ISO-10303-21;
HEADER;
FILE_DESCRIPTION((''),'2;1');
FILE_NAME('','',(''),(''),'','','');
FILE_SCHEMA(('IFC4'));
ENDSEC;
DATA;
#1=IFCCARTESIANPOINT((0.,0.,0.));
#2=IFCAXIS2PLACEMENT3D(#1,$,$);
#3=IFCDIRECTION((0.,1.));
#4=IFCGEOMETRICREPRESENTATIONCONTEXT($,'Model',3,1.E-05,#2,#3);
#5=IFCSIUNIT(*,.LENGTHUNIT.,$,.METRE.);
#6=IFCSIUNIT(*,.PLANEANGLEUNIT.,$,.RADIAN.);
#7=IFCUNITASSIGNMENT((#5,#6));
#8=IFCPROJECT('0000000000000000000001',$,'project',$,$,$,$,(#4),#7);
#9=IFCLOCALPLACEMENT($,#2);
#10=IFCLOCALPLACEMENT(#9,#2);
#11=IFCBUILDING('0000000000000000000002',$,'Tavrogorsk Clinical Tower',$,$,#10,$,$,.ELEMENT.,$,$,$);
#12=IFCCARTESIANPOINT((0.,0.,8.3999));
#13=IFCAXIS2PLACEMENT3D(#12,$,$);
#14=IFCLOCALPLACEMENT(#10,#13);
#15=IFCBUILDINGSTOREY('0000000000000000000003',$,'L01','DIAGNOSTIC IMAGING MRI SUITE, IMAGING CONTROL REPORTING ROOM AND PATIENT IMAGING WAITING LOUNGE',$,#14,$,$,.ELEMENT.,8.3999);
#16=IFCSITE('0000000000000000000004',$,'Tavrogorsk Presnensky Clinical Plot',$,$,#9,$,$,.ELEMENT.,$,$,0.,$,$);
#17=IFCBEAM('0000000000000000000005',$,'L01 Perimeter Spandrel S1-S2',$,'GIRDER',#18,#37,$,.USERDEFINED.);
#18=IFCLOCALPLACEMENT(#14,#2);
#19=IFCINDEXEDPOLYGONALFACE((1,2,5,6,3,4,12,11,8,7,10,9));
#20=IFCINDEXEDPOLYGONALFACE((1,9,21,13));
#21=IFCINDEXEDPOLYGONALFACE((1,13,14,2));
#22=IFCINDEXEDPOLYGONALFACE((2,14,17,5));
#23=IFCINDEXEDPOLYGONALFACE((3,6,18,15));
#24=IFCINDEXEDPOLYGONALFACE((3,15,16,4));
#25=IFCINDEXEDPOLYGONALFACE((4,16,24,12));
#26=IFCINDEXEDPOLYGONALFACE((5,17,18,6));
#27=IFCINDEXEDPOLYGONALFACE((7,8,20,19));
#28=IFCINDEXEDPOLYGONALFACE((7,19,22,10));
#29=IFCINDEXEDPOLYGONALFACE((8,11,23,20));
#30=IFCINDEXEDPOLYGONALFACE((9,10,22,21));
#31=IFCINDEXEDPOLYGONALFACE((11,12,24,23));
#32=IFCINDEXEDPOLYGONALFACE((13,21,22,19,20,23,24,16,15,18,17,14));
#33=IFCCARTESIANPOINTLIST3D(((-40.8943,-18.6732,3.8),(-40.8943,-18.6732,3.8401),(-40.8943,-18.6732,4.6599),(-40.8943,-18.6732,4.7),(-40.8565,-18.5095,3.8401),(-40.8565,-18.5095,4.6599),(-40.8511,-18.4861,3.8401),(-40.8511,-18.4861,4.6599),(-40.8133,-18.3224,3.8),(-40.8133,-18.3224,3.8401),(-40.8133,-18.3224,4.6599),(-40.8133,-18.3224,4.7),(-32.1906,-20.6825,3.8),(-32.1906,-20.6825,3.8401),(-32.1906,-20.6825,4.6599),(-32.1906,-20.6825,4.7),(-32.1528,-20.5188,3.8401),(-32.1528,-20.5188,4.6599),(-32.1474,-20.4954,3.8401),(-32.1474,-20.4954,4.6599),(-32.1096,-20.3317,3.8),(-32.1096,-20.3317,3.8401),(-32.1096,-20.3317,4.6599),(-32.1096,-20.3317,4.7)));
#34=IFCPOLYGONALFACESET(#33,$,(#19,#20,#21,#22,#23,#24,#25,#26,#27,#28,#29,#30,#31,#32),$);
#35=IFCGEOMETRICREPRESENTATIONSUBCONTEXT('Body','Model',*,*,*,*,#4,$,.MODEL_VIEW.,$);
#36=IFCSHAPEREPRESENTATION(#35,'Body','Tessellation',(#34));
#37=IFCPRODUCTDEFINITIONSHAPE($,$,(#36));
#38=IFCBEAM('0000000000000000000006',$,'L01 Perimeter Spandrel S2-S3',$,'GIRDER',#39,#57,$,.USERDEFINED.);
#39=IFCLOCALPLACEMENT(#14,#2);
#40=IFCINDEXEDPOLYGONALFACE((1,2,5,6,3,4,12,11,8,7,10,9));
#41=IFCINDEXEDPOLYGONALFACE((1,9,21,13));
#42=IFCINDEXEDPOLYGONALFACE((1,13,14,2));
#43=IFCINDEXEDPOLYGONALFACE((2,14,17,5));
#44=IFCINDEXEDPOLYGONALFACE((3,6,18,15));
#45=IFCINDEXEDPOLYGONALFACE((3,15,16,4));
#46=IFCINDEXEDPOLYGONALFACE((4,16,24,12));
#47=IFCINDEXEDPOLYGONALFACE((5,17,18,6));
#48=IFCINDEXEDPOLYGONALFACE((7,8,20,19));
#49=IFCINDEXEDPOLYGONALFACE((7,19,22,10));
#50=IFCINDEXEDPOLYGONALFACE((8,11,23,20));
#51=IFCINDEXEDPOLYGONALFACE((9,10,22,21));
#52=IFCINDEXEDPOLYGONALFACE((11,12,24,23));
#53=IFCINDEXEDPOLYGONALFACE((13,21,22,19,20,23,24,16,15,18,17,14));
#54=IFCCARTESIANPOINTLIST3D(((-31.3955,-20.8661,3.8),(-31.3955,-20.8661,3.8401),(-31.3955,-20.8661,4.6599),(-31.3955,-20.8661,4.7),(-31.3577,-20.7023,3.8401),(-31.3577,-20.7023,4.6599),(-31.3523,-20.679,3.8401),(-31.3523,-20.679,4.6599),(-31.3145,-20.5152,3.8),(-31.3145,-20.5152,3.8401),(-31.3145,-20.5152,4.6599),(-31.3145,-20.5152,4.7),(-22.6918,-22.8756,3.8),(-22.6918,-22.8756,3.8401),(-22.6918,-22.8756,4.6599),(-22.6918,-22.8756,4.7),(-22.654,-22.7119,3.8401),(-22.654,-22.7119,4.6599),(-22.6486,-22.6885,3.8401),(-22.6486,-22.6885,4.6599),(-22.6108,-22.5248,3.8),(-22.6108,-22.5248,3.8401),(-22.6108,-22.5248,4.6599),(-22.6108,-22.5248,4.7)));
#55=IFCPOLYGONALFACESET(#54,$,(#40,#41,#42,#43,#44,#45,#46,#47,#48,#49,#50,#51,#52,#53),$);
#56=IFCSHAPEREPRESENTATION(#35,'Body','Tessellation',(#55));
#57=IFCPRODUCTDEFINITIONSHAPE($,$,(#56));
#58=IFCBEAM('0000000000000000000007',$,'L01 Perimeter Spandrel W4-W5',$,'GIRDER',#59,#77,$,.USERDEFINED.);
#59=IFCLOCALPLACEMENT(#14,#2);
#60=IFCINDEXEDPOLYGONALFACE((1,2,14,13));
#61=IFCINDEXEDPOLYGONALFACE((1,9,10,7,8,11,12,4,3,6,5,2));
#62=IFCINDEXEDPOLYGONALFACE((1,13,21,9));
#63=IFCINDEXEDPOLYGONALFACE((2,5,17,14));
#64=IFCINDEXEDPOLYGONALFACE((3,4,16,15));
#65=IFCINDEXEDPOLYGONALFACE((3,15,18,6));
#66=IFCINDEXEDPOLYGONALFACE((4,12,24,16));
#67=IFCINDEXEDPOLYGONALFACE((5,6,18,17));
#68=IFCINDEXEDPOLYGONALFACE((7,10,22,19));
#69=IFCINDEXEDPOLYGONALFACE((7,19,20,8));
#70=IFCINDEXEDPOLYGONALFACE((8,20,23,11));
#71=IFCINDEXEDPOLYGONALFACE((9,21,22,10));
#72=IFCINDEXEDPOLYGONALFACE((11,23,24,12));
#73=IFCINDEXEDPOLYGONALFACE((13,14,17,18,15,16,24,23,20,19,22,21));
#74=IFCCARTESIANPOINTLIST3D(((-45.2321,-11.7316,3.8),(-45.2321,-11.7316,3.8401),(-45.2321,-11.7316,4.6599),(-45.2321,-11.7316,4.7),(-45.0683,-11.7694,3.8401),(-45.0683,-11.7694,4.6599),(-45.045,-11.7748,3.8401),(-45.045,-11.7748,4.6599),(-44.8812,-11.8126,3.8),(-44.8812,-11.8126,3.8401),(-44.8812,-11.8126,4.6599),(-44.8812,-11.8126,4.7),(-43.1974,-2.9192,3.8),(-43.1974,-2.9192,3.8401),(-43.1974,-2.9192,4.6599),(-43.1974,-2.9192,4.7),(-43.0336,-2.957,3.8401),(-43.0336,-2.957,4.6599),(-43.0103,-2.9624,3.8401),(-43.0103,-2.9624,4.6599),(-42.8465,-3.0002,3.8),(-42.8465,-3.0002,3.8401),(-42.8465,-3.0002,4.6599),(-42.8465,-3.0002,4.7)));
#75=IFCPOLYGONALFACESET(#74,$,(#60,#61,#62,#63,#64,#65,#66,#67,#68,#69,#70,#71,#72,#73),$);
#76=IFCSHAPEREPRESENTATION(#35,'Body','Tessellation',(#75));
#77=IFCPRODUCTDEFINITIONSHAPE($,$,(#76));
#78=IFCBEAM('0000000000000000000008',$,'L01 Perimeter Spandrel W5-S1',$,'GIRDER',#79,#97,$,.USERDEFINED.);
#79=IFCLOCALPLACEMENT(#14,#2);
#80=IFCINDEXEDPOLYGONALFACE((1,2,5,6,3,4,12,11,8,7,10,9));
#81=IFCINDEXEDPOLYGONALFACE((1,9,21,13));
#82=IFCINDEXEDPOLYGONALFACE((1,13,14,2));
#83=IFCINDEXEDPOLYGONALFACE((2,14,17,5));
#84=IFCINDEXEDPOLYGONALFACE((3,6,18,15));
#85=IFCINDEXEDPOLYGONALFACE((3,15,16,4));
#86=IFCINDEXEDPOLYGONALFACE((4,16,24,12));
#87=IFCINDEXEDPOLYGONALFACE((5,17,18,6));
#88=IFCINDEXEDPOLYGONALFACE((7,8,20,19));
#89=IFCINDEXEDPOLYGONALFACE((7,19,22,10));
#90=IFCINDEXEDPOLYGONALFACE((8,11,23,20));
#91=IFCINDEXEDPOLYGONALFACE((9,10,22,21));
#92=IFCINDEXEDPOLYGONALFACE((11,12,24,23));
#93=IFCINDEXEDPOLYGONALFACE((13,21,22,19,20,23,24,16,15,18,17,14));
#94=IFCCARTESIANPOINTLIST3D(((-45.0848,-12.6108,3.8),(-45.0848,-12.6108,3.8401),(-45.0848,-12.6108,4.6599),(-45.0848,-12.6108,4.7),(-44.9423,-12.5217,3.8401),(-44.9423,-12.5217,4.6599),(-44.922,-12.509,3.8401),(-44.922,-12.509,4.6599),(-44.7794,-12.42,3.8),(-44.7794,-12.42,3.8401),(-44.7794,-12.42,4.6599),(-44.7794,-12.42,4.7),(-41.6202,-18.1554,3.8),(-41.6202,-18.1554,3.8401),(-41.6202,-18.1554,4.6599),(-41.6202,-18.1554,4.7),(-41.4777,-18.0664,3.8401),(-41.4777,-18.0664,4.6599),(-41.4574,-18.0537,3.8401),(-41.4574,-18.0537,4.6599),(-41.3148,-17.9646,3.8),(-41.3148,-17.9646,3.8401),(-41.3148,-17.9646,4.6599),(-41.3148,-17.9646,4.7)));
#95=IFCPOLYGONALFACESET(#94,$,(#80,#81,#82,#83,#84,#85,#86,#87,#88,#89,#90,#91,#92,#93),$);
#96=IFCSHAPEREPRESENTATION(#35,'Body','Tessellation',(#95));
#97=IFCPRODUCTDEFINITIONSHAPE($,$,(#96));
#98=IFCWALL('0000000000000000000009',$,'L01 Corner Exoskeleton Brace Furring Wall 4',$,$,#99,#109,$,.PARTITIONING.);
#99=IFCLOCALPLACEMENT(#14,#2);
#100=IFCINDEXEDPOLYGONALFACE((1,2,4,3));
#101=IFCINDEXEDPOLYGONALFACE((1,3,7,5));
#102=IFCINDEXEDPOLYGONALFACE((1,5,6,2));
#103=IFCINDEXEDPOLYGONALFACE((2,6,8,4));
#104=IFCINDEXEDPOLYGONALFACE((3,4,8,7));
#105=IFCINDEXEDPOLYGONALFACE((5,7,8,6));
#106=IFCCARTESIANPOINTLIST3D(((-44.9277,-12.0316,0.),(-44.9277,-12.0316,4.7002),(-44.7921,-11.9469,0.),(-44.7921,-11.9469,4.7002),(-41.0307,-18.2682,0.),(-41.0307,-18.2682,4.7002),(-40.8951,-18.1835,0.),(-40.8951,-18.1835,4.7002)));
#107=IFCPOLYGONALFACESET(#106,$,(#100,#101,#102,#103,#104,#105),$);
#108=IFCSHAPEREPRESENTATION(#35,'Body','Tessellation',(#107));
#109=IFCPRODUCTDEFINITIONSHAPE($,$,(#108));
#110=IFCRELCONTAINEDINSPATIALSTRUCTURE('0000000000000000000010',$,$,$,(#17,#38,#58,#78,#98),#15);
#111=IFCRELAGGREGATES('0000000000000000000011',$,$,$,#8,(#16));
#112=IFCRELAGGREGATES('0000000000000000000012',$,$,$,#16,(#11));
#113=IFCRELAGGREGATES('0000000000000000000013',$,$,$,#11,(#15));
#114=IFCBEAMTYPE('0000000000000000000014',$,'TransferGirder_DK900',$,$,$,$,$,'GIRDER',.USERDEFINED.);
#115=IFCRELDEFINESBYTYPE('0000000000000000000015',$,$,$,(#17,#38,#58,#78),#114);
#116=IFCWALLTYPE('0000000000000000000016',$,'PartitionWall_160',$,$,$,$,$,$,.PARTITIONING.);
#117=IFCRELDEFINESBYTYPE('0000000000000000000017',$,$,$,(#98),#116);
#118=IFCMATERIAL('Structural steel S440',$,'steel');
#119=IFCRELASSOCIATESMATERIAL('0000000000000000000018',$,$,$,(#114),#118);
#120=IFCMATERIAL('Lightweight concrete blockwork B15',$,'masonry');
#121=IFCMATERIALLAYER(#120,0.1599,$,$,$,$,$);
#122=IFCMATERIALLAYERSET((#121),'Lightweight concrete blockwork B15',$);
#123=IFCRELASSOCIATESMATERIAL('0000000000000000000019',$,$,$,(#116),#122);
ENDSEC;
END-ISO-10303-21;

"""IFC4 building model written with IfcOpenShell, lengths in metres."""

from ifc_helpers import new_model, si_unit, direction, frame, frame_2d, origin, origin_2d, place, context, subcontext, project, spatial, rectangle, i_section, extrude, material, layer, layer_set, material_profile, profile_set, type_object, element, save


model = new_model("IFC4")

# Units and contexts
model_context = context("Model", 3, precision=1e-05, world=origin(), true_north=direction((0.0, 1.0)))
body_context = subcontext(model_context, "Body", "Model", "MODEL_VIEW")
ifc_project = project(units=[si_unit("LENGTHUNIT", "METRE"), si_unit("PLANEANGLEUNIT", "RADIAN")], contexts=[model_context])

# Site, building, storey
site_placement = place(None, origin())
site = spatial("IfcSite", under=ifc_project, at=site_placement, Name="Tavrogorsk Presnensky Clinical Plot", CompositionType="ELEMENT", RefElevation=0.0)
building_placement = place(site_placement, origin())
building = spatial("IfcBuilding", under=site, at=building_placement, Name="Tavrogorsk Clinical Tower", CompositionType="ELEMENT")
storey_placement = place(building_placement, frame((0.0, 0.0, 8.3999)))
storey = spatial("IfcBuildingStorey", under=building, at=storey_placement, Name="L01", Description="DIAGNOSTIC IMAGING MRI SUITE, IMAGING CONTROL REPORTING ROOM AND PATIENT IMAGING WAITING LOUNGE", CompositionType="ELEMENT", Elevation=8.3999)

# Beams
ifc_material_1 = material(Name="Structural steel S440", Category="steel")
ifc_material_profile_1 = material_profile(ifc_material_1, i_section(OverallWidth=0.3601, OverallDepth=0.8999, WebThickness=0.0239, FlangeThickness=0.04, at=origin_2d()), Name="DK-900x360x24x40")
ifc_profile_set_1 = profile_set([ifc_material_profile_1], Name="Structural steel S440")
beam_type_1 = type_object("IfcBeamType", Name="TransferGirder_DK900", ElementType="GIRDER", PredefinedType="USERDEFINED", material=ifc_profile_set_1)
for number, where, z_axis, x_axis, name in (
    (1, (-40.8538, -18.4978, 4.25), (0.974373, -0.224939, 0.0), (0.224939, 0.974373, 0.0), "L01 Perimeter Spandrel S1-S2"),
    (2, (-31.355, -20.6907, 4.25), (0.974367, -0.224965, 0.0), (0.224965, 0.974367, 0.0), "L01 Perimeter Spandrel S2-S3"),
):
    element("IfcBeam", number, at=place(storey_placement, frame(where, z_axis=z_axis, x_axis=x_axis)), inside=storey, type_object=beam_type_1, Name=name, ObjectType="GIRDER", PredefinedType="USERDEFINED", context=body_context, shape_type="SweptSolid", body=[
        extrude(i_section(OverallWidth=0.3601, OverallDepth=0.8999, WebThickness=0.0239, FlangeThickness=0.04, at=origin_2d()), origin(), (0.0, 0.0, 1.0), 8.9326),
    ])
beam_1_placement = place(storey_placement, frame((-43.022, -2.9597, 4.25), z_axis=(-0.224972, -0.974365, 0.0), x_axis=(0.974365, -0.224972, 0.0)))
element("IfcBeam", 3, at=beam_1_placement, inside=storey, type_object=beam_type_1, Name="L01 Perimeter Spandrel W4-W5", ObjectType="GIRDER", PredefinedType="USERDEFINED", context=body_context, shape_type="SweptSolid", body=[
    extrude(i_section(OverallWidth=0.3601, OverallDepth=0.8999, WebThickness=0.0239, FlangeThickness=0.04, at=origin_2d()), origin(), (0.0, 0.0, 1.0), 9.0442),
])
beam_2_placement = place(storey_placement, frame((-44.9321, -12.5154, 4.25), z_axis=(0.529908, -0.848055, 0.0), x_axis=(0.848055, 0.529908, 0.0)))
element("IfcBeam", 4, at=beam_2_placement, inside=storey, type_object=beam_type_1, Name="L01 Perimeter Spandrel W5-S1", ObjectType="GIRDER", PredefinedType="USERDEFINED", context=body_context, shape_type="SweptSolid", body=[
    extrude(i_section(OverallWidth=0.3601, OverallDepth=0.8999, WebThickness=0.0239, FlangeThickness=0.04, at=origin_2d()), origin(), (0.0, 0.0, 1.0), 6.5381),
])

# Wall
ifc_material_2 = material(Name="Lightweight concrete blockwork B15", Category="masonry")
ifc_layer_1 = layer(ifc_material_2, 0.1599)
ifc_layer_set_1 = layer_set([ifc_layer_1], Name="Lightweight concrete blockwork B15")
wall_type_1 = type_object("IfcWallType", Name="PartitionWall_160", PredefinedType="PARTITIONING", material=ifc_layer_set_1)
wall_1_placement = place(storey_placement, frame((-44.8599, -11.9893, 0.0), z_axis=(0.0, 0.0, 1.0), x_axis=(0.529912, -0.848052, 0.0)))
element("IfcWall", 5, at=wall_1_placement, inside=storey, type_object=wall_type_1, Name="L01 Corner Exoskeleton Brace Furring Wall 4", PredefinedType="PARTITIONING", context=body_context, shape_type="SweptSolid", body=[
    extrude(rectangle(XDim=7.354, YDim=0.1599, at=frame_2d((3.677, 0.0))), origin(), (0.0, 0.0, 1.0), 4.7002),
])

save(model, "model.ifc")
